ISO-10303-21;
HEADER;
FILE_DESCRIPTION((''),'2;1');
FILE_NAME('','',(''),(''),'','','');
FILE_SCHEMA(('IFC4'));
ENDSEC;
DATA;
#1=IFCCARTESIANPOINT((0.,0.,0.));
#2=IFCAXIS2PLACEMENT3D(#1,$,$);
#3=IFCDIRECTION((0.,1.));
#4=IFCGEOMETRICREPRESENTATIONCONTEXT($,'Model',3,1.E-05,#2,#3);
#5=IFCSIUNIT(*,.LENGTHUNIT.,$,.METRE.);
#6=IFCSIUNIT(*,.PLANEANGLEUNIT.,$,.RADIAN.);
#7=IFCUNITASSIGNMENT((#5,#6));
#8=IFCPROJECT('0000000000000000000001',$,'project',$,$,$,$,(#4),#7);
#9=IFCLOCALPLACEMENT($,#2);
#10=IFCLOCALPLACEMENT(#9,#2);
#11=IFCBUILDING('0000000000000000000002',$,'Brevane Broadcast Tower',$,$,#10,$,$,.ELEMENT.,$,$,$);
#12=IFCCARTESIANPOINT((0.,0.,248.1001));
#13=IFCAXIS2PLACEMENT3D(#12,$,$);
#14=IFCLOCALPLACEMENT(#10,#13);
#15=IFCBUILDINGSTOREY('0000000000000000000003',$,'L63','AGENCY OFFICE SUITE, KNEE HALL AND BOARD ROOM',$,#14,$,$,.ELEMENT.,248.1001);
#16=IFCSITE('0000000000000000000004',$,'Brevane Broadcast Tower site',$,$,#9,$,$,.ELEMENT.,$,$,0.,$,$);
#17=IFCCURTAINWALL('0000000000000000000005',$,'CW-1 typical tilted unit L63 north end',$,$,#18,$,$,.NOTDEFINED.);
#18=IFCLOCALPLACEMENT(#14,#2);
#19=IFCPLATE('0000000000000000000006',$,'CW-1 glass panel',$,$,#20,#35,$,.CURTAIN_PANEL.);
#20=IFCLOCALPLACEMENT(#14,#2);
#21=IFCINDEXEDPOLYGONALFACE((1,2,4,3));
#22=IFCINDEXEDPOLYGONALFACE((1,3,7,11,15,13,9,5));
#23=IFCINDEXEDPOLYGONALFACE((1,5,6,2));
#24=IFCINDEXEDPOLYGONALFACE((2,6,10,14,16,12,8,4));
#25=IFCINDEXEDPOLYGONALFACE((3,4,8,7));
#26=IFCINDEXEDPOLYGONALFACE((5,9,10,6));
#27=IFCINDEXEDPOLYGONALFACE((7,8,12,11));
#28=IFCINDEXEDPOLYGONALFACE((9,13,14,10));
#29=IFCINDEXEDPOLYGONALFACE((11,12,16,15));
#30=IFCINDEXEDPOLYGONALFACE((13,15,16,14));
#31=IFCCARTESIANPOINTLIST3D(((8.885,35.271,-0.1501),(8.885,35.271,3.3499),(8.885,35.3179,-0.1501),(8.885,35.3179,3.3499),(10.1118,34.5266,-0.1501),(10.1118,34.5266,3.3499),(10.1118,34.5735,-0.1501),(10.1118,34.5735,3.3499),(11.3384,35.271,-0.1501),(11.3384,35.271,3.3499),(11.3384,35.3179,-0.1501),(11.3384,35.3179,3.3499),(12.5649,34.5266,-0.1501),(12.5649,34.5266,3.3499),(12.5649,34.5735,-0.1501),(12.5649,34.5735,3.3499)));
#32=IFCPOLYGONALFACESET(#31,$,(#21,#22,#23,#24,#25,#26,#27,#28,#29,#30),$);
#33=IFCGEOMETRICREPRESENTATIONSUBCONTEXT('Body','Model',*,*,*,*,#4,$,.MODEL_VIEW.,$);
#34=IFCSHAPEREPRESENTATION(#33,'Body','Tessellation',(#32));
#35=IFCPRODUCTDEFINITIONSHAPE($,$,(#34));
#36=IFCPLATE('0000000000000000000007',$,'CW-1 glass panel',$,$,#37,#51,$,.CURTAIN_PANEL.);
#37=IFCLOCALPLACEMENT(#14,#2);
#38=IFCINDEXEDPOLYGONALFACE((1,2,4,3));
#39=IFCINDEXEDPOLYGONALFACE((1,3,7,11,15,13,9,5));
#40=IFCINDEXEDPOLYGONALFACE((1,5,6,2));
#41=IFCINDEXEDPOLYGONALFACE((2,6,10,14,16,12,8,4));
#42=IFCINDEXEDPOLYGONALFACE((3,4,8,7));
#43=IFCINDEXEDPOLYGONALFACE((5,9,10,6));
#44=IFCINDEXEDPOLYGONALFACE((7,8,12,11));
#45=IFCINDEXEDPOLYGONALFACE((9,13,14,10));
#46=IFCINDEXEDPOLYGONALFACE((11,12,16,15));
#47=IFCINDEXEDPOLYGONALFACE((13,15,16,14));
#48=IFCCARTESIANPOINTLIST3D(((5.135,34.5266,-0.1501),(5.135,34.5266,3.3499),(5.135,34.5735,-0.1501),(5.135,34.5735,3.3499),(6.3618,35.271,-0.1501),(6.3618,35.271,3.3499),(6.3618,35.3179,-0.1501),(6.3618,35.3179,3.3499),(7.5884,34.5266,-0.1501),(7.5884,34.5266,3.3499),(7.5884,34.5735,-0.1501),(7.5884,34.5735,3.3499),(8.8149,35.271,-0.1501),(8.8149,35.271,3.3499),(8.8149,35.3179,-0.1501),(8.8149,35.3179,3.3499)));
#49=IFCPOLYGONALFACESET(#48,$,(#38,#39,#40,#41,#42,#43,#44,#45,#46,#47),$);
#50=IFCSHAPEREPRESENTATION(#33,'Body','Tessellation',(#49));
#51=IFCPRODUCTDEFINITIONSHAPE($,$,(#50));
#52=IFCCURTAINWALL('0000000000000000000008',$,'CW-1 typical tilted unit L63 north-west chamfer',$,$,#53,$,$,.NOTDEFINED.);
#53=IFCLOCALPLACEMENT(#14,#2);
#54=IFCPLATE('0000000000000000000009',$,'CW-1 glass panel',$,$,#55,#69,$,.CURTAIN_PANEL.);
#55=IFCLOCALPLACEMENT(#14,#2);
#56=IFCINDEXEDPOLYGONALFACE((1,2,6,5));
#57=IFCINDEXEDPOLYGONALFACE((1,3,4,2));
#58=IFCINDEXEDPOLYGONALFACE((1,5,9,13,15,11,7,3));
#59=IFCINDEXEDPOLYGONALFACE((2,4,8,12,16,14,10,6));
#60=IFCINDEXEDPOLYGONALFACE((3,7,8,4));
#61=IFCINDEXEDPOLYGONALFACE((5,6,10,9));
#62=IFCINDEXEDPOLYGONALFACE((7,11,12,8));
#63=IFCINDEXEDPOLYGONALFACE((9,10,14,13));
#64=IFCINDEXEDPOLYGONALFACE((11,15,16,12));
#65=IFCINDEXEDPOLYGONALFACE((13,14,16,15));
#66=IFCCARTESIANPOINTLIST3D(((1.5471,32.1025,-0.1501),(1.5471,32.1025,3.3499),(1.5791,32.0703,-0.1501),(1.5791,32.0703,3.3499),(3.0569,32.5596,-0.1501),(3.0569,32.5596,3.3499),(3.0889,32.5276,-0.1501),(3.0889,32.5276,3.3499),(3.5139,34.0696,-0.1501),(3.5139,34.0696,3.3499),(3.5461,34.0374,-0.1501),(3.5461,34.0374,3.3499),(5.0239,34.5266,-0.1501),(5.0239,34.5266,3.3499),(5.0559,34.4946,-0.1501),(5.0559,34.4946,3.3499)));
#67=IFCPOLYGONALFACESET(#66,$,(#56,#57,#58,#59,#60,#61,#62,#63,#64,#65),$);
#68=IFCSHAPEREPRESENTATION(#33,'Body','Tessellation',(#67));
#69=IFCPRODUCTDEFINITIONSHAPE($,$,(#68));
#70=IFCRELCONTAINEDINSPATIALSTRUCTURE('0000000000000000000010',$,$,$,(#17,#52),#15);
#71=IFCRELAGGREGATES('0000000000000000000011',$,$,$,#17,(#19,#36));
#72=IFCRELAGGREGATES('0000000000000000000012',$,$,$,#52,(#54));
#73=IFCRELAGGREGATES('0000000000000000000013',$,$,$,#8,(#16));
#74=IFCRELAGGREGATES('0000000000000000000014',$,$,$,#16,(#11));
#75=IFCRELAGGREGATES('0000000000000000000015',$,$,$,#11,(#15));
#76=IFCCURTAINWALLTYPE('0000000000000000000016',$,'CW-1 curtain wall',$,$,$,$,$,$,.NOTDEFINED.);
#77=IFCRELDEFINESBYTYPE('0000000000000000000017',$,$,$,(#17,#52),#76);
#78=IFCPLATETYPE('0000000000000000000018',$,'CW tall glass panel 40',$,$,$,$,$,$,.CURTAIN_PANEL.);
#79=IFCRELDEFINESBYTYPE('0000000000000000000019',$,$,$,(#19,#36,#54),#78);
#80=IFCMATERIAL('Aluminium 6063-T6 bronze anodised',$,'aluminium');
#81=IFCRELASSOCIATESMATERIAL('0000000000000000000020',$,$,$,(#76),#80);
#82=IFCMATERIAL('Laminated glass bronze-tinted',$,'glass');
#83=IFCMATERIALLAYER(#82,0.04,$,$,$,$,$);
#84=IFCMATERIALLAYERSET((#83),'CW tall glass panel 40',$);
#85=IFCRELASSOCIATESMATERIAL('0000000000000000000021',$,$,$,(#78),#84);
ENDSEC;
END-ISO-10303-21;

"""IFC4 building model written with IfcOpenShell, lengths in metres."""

from ifc_helpers import new_model, si_unit, direction, frame, origin, place, context, subcontext, project, spatial, polyline, outline, extrude, material, layer, layer_set, type_object, element, aggregate, save


model = new_model("IFC4")

# Units and contexts
model_context = context("Model", 3, precision=1e-05, world=origin(), true_north=direction((0.0, 1.0)))
body_context = subcontext(model_context, "Body", "Model", "MODEL_VIEW")
ifc_project = project(units=[si_unit("LENGTHUNIT", "METRE"), si_unit("PLANEANGLEUNIT", "RADIAN")], contexts=[model_context])

# Site, building, storey
site_placement = place(None, origin())
site = spatial("IfcSite", under=ifc_project, at=site_placement, Name="Brevane Broadcast Tower site", CompositionType="ELEMENT", RefElevation=0.0)
building_placement = place(site_placement, origin())
building = spatial("IfcBuilding", under=site, at=building_placement, Name="Brevane Broadcast Tower", CompositionType="ELEMENT")
storey_placement = place(building_placement, frame((0.0, 0.0, 248.1001)))
storey = spatial("IfcBuildingStorey", under=building, at=storey_placement, Name="L63", Description="AGENCY OFFICE SUITE, KNEE HALL AND BOARD ROOM", CompositionType="ELEMENT", Elevation=248.1001)

# Curtain wall, plates
ifc_material_1 = material(Name="Aluminium 6063-T6 bronze anodised", Category="aluminium")
curtain_wall_type = type_object("IfcCurtainWallType", Name="CW-1 curtain wall", PredefinedType="NOTDEFINED", material=ifc_material_1)
ifc_material_2 = material(Name="Laminated glass bronze-tinted", Category="glass")
ifc_layer = layer(ifc_material_2, 0.04)
ifc_layer_set = layer_set([ifc_layer], Name="CW tall glass panel 40")
plate_type = type_object("IfcPlateType", Name="CW tall glass panel 40", PredefinedType="CURTAIN_PANEL", material=ifc_layer_set)
curtain_wall_1_placement = place(storey_placement, origin())
curtain_wall_1 = element("IfcCurtainWall", 1, at=curtain_wall_1_placement, inside=storey, type_object=curtain_wall_type, Name="CW-1 typical tilted unit L63 north end", PredefinedType="NOTDEFINED")
plate_1_placement = place(storey_placement, frame((0.0, 0.0, -0.1501)))
plate_1 = element("IfcPlate", 2, at=plate_1_placement, type_object=plate_type, Name="CW-1 glass panel", PredefinedType="CURTAIN_PANEL", context=body_context, shape_type="SweptSolid", body=[
    extrude(outline(polyline([(12.5649, 34.5266), (12.5649, 34.5735), (11.3384, 35.3179), (10.1118, 34.5735), (8.885, 35.3179), (8.885, 35.271), (10.1118, 34.5266), (11.3384, 35.271), (12.5649, 34.5266)])), origin(), (0.0, 0.0, 1.0), 3.5),
])
plate_2_placement = place(storey_placement, frame((0.0, 0.0, -0.1501)))
plate_2 = element("IfcPlate", 3, at=plate_2_placement, type_object=plate_type, Name="CW-1 glass panel", PredefinedType="CURTAIN_PANEL", context=body_context, shape_type="SweptSolid", body=[
    extrude(outline(polyline([(8.8149, 35.271), (8.8149, 35.3179), (7.5884, 34.5735), (6.3618, 35.3179), (5.135, 34.5735), (5.135, 34.5266), (6.3618, 35.271), (7.5884, 34.5266), (8.8149, 35.271)])), origin(), (0.0, 0.0, 1.0), 3.5),
])
aggregate(curtain_wall_1, [plate_1, plate_2])

# Curtain wall, plate
curtain_wall_2_placement = place(storey_placement, origin())
curtain_wall_2 = element("IfcCurtainWall", 4, at=curtain_wall_2_placement, inside=storey, type_object=curtain_wall_type, Name="CW-1 typical tilted unit L63 north-west chamfer", PredefinedType="NOTDEFINED")
plate_3_placement = place(storey_placement, frame((0.0, 0.0, -0.1501)))
plate_3 = element("IfcPlate", 5, at=plate_3_placement, type_object=plate_type, Name="CW-1 glass panel", PredefinedType="CURTAIN_PANEL", context=body_context, shape_type="SweptSolid", body=[
    extrude(outline(polyline([(5.0559, 34.4946), (5.0239, 34.5266), (3.5139, 34.0696), (3.0569, 32.5596), (1.5471, 32.1025), (1.5791, 32.0703), (3.0889, 32.5276), (3.5461, 34.0374), (5.0559, 34.4946)])), origin(), (0.0, 0.0, 1.0), 3.5),
])
aggregate(curtain_wall_2, [plate_3])

save(model, "model.ifc")
